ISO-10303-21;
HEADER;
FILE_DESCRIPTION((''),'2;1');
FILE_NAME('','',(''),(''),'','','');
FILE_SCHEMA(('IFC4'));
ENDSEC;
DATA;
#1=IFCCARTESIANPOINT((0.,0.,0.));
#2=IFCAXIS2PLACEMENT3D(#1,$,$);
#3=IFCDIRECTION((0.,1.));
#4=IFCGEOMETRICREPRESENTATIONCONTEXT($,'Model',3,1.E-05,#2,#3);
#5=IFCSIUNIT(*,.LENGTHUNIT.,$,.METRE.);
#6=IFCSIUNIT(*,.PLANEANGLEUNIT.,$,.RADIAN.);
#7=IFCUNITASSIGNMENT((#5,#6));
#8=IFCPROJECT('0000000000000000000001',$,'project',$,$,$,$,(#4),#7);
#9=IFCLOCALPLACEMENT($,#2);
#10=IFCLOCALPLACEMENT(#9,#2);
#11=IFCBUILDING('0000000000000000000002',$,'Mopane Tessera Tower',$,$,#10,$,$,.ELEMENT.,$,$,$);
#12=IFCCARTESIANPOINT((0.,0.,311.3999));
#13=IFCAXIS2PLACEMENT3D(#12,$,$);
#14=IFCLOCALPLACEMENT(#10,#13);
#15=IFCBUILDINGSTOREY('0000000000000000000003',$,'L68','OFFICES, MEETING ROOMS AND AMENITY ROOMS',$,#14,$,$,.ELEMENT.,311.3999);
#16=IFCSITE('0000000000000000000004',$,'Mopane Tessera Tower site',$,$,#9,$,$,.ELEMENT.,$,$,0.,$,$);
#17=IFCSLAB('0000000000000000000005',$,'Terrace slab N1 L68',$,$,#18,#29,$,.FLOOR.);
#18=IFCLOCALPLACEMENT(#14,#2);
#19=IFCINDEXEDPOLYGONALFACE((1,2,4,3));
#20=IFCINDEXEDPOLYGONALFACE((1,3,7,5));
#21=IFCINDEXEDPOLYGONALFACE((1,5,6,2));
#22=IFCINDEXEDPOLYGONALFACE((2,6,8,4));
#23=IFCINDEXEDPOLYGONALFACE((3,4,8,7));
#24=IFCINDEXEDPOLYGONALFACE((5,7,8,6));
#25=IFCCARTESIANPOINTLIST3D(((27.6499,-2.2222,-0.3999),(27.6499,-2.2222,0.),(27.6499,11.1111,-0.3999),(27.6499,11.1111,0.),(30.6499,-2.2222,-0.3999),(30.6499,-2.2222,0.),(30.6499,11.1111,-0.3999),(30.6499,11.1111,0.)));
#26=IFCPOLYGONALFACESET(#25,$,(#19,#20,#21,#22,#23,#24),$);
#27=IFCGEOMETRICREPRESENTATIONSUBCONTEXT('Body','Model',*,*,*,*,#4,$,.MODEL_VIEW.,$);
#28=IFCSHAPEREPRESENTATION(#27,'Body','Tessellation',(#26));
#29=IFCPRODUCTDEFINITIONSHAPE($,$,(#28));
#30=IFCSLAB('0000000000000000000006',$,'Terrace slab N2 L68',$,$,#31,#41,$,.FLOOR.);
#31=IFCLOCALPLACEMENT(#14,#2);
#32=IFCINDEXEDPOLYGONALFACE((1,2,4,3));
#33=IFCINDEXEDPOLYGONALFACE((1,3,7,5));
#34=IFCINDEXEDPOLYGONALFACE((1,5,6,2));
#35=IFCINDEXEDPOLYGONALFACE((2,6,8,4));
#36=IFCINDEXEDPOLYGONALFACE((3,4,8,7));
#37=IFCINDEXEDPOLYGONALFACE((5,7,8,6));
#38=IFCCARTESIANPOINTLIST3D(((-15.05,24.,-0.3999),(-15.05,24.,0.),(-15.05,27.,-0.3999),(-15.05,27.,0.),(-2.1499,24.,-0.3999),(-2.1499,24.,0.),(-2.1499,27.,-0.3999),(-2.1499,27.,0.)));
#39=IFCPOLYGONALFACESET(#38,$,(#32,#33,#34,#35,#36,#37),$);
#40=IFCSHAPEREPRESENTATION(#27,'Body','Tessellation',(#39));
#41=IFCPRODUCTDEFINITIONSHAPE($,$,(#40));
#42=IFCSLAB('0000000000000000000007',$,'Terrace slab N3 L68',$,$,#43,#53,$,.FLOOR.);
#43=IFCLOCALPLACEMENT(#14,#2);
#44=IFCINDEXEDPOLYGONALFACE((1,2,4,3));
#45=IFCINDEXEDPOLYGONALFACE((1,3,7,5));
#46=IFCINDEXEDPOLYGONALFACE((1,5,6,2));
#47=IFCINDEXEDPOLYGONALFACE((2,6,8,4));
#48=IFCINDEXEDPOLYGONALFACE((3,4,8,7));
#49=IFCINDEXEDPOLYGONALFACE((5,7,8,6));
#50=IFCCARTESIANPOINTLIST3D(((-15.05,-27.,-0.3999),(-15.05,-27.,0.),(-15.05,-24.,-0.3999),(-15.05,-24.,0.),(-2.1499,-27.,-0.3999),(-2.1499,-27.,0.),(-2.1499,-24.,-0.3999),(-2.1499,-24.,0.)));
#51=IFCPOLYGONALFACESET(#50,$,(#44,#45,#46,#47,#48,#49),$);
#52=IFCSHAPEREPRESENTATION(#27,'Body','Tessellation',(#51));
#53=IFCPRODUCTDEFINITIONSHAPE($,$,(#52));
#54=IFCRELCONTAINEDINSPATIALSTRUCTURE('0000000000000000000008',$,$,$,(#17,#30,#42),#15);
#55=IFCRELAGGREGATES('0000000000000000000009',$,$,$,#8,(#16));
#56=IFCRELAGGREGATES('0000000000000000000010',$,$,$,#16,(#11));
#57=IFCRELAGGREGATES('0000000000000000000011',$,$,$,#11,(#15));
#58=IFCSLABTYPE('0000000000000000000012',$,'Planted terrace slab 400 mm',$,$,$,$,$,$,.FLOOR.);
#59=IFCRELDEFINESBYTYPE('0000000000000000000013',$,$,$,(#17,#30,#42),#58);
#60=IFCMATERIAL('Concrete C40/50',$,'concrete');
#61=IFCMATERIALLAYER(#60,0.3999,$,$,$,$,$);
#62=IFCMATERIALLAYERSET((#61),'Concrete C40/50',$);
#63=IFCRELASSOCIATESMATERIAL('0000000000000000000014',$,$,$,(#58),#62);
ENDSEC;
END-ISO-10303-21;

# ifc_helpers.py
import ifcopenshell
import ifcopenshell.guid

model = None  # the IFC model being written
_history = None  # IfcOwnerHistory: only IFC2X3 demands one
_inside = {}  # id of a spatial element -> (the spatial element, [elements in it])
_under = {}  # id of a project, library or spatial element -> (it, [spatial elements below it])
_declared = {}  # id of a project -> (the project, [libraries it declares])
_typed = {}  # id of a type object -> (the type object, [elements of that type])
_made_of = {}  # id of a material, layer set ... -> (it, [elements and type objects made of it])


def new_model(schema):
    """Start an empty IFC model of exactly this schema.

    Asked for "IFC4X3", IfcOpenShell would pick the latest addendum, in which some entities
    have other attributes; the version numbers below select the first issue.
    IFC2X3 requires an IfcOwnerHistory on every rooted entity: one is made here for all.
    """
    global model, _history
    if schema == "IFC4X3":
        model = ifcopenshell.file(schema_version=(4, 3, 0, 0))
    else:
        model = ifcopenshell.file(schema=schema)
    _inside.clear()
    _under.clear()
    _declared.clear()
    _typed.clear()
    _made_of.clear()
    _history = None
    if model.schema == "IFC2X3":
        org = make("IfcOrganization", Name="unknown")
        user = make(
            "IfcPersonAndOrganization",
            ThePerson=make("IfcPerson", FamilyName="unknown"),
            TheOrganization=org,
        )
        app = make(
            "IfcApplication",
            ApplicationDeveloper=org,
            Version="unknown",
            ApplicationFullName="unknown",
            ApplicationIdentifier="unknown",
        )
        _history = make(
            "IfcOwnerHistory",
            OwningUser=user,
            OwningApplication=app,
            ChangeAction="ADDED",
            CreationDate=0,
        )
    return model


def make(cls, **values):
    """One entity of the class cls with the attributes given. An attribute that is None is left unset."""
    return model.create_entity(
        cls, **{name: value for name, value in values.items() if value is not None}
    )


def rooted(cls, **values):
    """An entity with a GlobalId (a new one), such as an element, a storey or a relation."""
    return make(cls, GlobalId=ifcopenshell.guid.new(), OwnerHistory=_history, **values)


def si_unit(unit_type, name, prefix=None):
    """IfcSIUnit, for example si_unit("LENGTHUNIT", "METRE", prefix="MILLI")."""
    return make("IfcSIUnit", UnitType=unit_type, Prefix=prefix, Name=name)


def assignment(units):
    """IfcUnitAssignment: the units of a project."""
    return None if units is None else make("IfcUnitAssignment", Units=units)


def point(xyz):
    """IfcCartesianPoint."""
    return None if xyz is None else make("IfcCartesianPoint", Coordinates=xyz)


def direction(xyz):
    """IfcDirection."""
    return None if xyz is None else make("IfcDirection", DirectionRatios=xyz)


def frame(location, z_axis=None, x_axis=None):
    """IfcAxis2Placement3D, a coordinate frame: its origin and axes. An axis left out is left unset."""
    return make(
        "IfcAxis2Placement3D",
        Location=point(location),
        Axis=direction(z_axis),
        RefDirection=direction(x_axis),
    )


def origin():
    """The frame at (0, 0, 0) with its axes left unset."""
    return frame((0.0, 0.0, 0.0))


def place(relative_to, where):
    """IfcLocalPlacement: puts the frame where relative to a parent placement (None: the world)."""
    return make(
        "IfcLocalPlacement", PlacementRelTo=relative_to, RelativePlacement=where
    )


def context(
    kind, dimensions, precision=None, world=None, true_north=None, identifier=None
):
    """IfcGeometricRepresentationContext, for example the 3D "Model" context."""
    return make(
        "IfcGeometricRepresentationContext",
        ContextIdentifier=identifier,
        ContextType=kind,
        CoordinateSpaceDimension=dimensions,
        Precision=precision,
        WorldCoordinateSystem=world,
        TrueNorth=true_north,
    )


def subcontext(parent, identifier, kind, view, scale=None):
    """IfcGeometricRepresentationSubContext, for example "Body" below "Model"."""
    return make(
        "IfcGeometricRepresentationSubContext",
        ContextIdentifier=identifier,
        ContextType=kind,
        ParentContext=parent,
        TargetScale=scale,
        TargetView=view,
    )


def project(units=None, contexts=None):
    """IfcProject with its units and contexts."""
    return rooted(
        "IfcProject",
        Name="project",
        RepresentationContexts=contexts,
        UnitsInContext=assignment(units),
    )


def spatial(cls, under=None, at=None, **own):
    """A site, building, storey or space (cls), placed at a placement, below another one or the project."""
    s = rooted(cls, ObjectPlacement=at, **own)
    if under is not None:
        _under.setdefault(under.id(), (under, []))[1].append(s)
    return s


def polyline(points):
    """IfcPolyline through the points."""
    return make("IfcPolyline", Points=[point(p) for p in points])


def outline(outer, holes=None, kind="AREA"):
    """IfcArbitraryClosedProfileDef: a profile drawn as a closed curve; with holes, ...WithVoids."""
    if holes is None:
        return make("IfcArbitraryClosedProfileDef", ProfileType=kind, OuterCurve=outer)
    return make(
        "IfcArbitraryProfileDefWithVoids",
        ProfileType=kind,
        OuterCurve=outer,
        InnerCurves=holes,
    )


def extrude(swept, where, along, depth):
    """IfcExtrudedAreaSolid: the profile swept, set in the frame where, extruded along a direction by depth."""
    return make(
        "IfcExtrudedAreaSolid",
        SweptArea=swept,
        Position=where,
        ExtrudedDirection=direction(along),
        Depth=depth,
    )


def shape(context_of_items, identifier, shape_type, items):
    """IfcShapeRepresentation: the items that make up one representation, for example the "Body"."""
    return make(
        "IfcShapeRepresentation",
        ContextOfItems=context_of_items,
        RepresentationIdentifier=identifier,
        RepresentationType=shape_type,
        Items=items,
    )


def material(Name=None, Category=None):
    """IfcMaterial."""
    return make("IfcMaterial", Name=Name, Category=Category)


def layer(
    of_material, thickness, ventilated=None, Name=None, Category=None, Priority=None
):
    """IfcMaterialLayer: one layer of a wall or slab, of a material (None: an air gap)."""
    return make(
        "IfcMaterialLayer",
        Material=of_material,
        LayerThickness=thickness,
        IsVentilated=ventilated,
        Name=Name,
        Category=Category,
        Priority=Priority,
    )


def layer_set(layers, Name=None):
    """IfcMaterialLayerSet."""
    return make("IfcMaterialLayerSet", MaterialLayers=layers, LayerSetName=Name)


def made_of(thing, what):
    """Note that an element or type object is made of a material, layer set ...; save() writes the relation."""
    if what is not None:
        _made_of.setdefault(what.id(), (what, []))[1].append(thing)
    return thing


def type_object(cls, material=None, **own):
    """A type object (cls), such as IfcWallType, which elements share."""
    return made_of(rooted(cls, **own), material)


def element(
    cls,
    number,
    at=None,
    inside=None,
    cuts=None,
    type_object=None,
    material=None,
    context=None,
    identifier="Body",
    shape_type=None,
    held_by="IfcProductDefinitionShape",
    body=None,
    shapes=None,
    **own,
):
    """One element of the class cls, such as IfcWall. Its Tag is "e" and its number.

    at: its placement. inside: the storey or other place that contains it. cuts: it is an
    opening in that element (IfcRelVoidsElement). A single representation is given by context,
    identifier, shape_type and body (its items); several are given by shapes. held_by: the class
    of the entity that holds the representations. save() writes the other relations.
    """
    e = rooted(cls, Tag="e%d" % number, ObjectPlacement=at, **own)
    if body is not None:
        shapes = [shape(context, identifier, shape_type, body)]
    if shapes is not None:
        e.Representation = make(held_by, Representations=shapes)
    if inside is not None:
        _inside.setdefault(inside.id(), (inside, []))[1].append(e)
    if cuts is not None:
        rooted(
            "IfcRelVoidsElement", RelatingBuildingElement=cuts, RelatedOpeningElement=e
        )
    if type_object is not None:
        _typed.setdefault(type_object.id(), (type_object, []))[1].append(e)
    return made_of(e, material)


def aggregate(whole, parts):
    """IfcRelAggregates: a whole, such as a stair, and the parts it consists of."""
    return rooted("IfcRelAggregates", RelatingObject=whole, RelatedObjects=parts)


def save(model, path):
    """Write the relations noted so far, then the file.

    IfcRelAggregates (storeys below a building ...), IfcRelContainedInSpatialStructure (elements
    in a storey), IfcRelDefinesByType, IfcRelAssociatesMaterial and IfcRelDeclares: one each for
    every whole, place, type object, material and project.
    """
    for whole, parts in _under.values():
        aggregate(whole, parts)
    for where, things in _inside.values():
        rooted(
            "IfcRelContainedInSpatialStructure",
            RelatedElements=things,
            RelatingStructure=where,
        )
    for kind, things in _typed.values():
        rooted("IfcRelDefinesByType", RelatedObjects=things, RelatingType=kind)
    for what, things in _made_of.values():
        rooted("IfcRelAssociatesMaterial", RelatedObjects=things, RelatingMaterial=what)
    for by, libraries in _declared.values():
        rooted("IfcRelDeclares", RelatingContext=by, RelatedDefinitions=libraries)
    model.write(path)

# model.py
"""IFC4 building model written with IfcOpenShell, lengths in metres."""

from ifc_helpers import new_model, si_unit, direction, frame, origin, place, context, subcontext, project, spatial, polyline, outline, extrude, material, layer, layer_set, type_object, element, save


model = new_model("IFC4")

# Units and contexts
model_context = context("Model", 3, precision=1e-05, world=origin(), true_north=direction((0.0, 1.0)))
body_context = subcontext(model_context, "Body", "Model", "MODEL_VIEW")
ifc_project = project(units=[si_unit("LENGTHUNIT", "METRE"), si_unit("PLANEANGLEUNIT", "RADIAN")], contexts=[model_context])

# Site, building, storey
site_placement = place(None, origin())
site = spatial("IfcSite", under=ifc_project, at=site_placement, Name="Mopane Tessera Tower site", CompositionType="ELEMENT", RefElevation=0.0)
building_placement = place(site_placement, origin())
building = spatial("IfcBuilding", under=site, at=building_placement, Name="Mopane Tessera Tower", CompositionType="ELEMENT")
storey_placement = place(building_placement, frame((0.0, 0.0, 311.3999)))
storey = spatial("IfcBuildingStorey", under=building, at=storey_placement, Name="L68", Description="OFFICES, MEETING ROOMS AND AMENITY ROOMS", CompositionType="ELEMENT", Elevation=311.3999)

# Slabs
ifc_material_1 = material(Name="Concrete C40/50", Category="concrete")
ifc_layer_1 = layer(ifc_material_1, 0.3999)
ifc_layer_set_1 = layer_set([ifc_layer_1], Name="Concrete C40/50")
slab_type = type_object("IfcSlabType", Name="Planted terrace slab 400 mm", PredefinedType="FLOOR", material=ifc_layer_set_1)
slab_1_placement = place(storey_placement, frame((0.0, 0.0, -0.3999)))
element("IfcSlab", 1, at=slab_1_placement, inside=storey, type_object=slab_type, Name="Terrace slab N1 L68", PredefinedType="FLOOR", context=body_context, shape_type="SweptSolid", body=[
    extrude(outline(polyline([(30.6499, 11.1111), (27.6499, 11.1111), (27.6499, -2.2222), (30.6499, -2.2222), (30.6499, 11.1111)])), origin(), (0.0, 0.0, 1.0), 0.3999),
])
slab_2_placement = place(storey_placement, frame((0.0, 0.0, -0.3999)))
element("IfcSlab", 2, at=slab_2_placement, inside=storey, type_object=slab_type, Name="Terrace slab N2 L68", PredefinedType="FLOOR", context=body_context, shape_type="SweptSolid", body=[
    extrude(outline(polyline([(-15.05, 27.0), (-15.05, 24.0), (-2.1499, 24.0), (-2.1499, 27.0), (-15.05, 27.0)])), origin(), (0.0, 0.0, 1.0), 0.3999),
])
slab_3_placement = place(storey_placement, frame((0.0, 0.0, -0.3999)))
element("IfcSlab", 3, at=slab_3_placement, inside=storey, type_object=slab_type, Name="Terrace slab N3 L68", PredefinedType="FLOOR", context=body_context, shape_type="SweptSolid", body=[
    extrude(outline(polyline([(-2.1499, -27.0), (-2.1499, -24.0), (-15.05, -24.0), (-15.05, -27.0), (-2.1499, -27.0)])), origin(), (0.0, 0.0, 1.0), 0.3999),
])

save(model, "model.ifc")
